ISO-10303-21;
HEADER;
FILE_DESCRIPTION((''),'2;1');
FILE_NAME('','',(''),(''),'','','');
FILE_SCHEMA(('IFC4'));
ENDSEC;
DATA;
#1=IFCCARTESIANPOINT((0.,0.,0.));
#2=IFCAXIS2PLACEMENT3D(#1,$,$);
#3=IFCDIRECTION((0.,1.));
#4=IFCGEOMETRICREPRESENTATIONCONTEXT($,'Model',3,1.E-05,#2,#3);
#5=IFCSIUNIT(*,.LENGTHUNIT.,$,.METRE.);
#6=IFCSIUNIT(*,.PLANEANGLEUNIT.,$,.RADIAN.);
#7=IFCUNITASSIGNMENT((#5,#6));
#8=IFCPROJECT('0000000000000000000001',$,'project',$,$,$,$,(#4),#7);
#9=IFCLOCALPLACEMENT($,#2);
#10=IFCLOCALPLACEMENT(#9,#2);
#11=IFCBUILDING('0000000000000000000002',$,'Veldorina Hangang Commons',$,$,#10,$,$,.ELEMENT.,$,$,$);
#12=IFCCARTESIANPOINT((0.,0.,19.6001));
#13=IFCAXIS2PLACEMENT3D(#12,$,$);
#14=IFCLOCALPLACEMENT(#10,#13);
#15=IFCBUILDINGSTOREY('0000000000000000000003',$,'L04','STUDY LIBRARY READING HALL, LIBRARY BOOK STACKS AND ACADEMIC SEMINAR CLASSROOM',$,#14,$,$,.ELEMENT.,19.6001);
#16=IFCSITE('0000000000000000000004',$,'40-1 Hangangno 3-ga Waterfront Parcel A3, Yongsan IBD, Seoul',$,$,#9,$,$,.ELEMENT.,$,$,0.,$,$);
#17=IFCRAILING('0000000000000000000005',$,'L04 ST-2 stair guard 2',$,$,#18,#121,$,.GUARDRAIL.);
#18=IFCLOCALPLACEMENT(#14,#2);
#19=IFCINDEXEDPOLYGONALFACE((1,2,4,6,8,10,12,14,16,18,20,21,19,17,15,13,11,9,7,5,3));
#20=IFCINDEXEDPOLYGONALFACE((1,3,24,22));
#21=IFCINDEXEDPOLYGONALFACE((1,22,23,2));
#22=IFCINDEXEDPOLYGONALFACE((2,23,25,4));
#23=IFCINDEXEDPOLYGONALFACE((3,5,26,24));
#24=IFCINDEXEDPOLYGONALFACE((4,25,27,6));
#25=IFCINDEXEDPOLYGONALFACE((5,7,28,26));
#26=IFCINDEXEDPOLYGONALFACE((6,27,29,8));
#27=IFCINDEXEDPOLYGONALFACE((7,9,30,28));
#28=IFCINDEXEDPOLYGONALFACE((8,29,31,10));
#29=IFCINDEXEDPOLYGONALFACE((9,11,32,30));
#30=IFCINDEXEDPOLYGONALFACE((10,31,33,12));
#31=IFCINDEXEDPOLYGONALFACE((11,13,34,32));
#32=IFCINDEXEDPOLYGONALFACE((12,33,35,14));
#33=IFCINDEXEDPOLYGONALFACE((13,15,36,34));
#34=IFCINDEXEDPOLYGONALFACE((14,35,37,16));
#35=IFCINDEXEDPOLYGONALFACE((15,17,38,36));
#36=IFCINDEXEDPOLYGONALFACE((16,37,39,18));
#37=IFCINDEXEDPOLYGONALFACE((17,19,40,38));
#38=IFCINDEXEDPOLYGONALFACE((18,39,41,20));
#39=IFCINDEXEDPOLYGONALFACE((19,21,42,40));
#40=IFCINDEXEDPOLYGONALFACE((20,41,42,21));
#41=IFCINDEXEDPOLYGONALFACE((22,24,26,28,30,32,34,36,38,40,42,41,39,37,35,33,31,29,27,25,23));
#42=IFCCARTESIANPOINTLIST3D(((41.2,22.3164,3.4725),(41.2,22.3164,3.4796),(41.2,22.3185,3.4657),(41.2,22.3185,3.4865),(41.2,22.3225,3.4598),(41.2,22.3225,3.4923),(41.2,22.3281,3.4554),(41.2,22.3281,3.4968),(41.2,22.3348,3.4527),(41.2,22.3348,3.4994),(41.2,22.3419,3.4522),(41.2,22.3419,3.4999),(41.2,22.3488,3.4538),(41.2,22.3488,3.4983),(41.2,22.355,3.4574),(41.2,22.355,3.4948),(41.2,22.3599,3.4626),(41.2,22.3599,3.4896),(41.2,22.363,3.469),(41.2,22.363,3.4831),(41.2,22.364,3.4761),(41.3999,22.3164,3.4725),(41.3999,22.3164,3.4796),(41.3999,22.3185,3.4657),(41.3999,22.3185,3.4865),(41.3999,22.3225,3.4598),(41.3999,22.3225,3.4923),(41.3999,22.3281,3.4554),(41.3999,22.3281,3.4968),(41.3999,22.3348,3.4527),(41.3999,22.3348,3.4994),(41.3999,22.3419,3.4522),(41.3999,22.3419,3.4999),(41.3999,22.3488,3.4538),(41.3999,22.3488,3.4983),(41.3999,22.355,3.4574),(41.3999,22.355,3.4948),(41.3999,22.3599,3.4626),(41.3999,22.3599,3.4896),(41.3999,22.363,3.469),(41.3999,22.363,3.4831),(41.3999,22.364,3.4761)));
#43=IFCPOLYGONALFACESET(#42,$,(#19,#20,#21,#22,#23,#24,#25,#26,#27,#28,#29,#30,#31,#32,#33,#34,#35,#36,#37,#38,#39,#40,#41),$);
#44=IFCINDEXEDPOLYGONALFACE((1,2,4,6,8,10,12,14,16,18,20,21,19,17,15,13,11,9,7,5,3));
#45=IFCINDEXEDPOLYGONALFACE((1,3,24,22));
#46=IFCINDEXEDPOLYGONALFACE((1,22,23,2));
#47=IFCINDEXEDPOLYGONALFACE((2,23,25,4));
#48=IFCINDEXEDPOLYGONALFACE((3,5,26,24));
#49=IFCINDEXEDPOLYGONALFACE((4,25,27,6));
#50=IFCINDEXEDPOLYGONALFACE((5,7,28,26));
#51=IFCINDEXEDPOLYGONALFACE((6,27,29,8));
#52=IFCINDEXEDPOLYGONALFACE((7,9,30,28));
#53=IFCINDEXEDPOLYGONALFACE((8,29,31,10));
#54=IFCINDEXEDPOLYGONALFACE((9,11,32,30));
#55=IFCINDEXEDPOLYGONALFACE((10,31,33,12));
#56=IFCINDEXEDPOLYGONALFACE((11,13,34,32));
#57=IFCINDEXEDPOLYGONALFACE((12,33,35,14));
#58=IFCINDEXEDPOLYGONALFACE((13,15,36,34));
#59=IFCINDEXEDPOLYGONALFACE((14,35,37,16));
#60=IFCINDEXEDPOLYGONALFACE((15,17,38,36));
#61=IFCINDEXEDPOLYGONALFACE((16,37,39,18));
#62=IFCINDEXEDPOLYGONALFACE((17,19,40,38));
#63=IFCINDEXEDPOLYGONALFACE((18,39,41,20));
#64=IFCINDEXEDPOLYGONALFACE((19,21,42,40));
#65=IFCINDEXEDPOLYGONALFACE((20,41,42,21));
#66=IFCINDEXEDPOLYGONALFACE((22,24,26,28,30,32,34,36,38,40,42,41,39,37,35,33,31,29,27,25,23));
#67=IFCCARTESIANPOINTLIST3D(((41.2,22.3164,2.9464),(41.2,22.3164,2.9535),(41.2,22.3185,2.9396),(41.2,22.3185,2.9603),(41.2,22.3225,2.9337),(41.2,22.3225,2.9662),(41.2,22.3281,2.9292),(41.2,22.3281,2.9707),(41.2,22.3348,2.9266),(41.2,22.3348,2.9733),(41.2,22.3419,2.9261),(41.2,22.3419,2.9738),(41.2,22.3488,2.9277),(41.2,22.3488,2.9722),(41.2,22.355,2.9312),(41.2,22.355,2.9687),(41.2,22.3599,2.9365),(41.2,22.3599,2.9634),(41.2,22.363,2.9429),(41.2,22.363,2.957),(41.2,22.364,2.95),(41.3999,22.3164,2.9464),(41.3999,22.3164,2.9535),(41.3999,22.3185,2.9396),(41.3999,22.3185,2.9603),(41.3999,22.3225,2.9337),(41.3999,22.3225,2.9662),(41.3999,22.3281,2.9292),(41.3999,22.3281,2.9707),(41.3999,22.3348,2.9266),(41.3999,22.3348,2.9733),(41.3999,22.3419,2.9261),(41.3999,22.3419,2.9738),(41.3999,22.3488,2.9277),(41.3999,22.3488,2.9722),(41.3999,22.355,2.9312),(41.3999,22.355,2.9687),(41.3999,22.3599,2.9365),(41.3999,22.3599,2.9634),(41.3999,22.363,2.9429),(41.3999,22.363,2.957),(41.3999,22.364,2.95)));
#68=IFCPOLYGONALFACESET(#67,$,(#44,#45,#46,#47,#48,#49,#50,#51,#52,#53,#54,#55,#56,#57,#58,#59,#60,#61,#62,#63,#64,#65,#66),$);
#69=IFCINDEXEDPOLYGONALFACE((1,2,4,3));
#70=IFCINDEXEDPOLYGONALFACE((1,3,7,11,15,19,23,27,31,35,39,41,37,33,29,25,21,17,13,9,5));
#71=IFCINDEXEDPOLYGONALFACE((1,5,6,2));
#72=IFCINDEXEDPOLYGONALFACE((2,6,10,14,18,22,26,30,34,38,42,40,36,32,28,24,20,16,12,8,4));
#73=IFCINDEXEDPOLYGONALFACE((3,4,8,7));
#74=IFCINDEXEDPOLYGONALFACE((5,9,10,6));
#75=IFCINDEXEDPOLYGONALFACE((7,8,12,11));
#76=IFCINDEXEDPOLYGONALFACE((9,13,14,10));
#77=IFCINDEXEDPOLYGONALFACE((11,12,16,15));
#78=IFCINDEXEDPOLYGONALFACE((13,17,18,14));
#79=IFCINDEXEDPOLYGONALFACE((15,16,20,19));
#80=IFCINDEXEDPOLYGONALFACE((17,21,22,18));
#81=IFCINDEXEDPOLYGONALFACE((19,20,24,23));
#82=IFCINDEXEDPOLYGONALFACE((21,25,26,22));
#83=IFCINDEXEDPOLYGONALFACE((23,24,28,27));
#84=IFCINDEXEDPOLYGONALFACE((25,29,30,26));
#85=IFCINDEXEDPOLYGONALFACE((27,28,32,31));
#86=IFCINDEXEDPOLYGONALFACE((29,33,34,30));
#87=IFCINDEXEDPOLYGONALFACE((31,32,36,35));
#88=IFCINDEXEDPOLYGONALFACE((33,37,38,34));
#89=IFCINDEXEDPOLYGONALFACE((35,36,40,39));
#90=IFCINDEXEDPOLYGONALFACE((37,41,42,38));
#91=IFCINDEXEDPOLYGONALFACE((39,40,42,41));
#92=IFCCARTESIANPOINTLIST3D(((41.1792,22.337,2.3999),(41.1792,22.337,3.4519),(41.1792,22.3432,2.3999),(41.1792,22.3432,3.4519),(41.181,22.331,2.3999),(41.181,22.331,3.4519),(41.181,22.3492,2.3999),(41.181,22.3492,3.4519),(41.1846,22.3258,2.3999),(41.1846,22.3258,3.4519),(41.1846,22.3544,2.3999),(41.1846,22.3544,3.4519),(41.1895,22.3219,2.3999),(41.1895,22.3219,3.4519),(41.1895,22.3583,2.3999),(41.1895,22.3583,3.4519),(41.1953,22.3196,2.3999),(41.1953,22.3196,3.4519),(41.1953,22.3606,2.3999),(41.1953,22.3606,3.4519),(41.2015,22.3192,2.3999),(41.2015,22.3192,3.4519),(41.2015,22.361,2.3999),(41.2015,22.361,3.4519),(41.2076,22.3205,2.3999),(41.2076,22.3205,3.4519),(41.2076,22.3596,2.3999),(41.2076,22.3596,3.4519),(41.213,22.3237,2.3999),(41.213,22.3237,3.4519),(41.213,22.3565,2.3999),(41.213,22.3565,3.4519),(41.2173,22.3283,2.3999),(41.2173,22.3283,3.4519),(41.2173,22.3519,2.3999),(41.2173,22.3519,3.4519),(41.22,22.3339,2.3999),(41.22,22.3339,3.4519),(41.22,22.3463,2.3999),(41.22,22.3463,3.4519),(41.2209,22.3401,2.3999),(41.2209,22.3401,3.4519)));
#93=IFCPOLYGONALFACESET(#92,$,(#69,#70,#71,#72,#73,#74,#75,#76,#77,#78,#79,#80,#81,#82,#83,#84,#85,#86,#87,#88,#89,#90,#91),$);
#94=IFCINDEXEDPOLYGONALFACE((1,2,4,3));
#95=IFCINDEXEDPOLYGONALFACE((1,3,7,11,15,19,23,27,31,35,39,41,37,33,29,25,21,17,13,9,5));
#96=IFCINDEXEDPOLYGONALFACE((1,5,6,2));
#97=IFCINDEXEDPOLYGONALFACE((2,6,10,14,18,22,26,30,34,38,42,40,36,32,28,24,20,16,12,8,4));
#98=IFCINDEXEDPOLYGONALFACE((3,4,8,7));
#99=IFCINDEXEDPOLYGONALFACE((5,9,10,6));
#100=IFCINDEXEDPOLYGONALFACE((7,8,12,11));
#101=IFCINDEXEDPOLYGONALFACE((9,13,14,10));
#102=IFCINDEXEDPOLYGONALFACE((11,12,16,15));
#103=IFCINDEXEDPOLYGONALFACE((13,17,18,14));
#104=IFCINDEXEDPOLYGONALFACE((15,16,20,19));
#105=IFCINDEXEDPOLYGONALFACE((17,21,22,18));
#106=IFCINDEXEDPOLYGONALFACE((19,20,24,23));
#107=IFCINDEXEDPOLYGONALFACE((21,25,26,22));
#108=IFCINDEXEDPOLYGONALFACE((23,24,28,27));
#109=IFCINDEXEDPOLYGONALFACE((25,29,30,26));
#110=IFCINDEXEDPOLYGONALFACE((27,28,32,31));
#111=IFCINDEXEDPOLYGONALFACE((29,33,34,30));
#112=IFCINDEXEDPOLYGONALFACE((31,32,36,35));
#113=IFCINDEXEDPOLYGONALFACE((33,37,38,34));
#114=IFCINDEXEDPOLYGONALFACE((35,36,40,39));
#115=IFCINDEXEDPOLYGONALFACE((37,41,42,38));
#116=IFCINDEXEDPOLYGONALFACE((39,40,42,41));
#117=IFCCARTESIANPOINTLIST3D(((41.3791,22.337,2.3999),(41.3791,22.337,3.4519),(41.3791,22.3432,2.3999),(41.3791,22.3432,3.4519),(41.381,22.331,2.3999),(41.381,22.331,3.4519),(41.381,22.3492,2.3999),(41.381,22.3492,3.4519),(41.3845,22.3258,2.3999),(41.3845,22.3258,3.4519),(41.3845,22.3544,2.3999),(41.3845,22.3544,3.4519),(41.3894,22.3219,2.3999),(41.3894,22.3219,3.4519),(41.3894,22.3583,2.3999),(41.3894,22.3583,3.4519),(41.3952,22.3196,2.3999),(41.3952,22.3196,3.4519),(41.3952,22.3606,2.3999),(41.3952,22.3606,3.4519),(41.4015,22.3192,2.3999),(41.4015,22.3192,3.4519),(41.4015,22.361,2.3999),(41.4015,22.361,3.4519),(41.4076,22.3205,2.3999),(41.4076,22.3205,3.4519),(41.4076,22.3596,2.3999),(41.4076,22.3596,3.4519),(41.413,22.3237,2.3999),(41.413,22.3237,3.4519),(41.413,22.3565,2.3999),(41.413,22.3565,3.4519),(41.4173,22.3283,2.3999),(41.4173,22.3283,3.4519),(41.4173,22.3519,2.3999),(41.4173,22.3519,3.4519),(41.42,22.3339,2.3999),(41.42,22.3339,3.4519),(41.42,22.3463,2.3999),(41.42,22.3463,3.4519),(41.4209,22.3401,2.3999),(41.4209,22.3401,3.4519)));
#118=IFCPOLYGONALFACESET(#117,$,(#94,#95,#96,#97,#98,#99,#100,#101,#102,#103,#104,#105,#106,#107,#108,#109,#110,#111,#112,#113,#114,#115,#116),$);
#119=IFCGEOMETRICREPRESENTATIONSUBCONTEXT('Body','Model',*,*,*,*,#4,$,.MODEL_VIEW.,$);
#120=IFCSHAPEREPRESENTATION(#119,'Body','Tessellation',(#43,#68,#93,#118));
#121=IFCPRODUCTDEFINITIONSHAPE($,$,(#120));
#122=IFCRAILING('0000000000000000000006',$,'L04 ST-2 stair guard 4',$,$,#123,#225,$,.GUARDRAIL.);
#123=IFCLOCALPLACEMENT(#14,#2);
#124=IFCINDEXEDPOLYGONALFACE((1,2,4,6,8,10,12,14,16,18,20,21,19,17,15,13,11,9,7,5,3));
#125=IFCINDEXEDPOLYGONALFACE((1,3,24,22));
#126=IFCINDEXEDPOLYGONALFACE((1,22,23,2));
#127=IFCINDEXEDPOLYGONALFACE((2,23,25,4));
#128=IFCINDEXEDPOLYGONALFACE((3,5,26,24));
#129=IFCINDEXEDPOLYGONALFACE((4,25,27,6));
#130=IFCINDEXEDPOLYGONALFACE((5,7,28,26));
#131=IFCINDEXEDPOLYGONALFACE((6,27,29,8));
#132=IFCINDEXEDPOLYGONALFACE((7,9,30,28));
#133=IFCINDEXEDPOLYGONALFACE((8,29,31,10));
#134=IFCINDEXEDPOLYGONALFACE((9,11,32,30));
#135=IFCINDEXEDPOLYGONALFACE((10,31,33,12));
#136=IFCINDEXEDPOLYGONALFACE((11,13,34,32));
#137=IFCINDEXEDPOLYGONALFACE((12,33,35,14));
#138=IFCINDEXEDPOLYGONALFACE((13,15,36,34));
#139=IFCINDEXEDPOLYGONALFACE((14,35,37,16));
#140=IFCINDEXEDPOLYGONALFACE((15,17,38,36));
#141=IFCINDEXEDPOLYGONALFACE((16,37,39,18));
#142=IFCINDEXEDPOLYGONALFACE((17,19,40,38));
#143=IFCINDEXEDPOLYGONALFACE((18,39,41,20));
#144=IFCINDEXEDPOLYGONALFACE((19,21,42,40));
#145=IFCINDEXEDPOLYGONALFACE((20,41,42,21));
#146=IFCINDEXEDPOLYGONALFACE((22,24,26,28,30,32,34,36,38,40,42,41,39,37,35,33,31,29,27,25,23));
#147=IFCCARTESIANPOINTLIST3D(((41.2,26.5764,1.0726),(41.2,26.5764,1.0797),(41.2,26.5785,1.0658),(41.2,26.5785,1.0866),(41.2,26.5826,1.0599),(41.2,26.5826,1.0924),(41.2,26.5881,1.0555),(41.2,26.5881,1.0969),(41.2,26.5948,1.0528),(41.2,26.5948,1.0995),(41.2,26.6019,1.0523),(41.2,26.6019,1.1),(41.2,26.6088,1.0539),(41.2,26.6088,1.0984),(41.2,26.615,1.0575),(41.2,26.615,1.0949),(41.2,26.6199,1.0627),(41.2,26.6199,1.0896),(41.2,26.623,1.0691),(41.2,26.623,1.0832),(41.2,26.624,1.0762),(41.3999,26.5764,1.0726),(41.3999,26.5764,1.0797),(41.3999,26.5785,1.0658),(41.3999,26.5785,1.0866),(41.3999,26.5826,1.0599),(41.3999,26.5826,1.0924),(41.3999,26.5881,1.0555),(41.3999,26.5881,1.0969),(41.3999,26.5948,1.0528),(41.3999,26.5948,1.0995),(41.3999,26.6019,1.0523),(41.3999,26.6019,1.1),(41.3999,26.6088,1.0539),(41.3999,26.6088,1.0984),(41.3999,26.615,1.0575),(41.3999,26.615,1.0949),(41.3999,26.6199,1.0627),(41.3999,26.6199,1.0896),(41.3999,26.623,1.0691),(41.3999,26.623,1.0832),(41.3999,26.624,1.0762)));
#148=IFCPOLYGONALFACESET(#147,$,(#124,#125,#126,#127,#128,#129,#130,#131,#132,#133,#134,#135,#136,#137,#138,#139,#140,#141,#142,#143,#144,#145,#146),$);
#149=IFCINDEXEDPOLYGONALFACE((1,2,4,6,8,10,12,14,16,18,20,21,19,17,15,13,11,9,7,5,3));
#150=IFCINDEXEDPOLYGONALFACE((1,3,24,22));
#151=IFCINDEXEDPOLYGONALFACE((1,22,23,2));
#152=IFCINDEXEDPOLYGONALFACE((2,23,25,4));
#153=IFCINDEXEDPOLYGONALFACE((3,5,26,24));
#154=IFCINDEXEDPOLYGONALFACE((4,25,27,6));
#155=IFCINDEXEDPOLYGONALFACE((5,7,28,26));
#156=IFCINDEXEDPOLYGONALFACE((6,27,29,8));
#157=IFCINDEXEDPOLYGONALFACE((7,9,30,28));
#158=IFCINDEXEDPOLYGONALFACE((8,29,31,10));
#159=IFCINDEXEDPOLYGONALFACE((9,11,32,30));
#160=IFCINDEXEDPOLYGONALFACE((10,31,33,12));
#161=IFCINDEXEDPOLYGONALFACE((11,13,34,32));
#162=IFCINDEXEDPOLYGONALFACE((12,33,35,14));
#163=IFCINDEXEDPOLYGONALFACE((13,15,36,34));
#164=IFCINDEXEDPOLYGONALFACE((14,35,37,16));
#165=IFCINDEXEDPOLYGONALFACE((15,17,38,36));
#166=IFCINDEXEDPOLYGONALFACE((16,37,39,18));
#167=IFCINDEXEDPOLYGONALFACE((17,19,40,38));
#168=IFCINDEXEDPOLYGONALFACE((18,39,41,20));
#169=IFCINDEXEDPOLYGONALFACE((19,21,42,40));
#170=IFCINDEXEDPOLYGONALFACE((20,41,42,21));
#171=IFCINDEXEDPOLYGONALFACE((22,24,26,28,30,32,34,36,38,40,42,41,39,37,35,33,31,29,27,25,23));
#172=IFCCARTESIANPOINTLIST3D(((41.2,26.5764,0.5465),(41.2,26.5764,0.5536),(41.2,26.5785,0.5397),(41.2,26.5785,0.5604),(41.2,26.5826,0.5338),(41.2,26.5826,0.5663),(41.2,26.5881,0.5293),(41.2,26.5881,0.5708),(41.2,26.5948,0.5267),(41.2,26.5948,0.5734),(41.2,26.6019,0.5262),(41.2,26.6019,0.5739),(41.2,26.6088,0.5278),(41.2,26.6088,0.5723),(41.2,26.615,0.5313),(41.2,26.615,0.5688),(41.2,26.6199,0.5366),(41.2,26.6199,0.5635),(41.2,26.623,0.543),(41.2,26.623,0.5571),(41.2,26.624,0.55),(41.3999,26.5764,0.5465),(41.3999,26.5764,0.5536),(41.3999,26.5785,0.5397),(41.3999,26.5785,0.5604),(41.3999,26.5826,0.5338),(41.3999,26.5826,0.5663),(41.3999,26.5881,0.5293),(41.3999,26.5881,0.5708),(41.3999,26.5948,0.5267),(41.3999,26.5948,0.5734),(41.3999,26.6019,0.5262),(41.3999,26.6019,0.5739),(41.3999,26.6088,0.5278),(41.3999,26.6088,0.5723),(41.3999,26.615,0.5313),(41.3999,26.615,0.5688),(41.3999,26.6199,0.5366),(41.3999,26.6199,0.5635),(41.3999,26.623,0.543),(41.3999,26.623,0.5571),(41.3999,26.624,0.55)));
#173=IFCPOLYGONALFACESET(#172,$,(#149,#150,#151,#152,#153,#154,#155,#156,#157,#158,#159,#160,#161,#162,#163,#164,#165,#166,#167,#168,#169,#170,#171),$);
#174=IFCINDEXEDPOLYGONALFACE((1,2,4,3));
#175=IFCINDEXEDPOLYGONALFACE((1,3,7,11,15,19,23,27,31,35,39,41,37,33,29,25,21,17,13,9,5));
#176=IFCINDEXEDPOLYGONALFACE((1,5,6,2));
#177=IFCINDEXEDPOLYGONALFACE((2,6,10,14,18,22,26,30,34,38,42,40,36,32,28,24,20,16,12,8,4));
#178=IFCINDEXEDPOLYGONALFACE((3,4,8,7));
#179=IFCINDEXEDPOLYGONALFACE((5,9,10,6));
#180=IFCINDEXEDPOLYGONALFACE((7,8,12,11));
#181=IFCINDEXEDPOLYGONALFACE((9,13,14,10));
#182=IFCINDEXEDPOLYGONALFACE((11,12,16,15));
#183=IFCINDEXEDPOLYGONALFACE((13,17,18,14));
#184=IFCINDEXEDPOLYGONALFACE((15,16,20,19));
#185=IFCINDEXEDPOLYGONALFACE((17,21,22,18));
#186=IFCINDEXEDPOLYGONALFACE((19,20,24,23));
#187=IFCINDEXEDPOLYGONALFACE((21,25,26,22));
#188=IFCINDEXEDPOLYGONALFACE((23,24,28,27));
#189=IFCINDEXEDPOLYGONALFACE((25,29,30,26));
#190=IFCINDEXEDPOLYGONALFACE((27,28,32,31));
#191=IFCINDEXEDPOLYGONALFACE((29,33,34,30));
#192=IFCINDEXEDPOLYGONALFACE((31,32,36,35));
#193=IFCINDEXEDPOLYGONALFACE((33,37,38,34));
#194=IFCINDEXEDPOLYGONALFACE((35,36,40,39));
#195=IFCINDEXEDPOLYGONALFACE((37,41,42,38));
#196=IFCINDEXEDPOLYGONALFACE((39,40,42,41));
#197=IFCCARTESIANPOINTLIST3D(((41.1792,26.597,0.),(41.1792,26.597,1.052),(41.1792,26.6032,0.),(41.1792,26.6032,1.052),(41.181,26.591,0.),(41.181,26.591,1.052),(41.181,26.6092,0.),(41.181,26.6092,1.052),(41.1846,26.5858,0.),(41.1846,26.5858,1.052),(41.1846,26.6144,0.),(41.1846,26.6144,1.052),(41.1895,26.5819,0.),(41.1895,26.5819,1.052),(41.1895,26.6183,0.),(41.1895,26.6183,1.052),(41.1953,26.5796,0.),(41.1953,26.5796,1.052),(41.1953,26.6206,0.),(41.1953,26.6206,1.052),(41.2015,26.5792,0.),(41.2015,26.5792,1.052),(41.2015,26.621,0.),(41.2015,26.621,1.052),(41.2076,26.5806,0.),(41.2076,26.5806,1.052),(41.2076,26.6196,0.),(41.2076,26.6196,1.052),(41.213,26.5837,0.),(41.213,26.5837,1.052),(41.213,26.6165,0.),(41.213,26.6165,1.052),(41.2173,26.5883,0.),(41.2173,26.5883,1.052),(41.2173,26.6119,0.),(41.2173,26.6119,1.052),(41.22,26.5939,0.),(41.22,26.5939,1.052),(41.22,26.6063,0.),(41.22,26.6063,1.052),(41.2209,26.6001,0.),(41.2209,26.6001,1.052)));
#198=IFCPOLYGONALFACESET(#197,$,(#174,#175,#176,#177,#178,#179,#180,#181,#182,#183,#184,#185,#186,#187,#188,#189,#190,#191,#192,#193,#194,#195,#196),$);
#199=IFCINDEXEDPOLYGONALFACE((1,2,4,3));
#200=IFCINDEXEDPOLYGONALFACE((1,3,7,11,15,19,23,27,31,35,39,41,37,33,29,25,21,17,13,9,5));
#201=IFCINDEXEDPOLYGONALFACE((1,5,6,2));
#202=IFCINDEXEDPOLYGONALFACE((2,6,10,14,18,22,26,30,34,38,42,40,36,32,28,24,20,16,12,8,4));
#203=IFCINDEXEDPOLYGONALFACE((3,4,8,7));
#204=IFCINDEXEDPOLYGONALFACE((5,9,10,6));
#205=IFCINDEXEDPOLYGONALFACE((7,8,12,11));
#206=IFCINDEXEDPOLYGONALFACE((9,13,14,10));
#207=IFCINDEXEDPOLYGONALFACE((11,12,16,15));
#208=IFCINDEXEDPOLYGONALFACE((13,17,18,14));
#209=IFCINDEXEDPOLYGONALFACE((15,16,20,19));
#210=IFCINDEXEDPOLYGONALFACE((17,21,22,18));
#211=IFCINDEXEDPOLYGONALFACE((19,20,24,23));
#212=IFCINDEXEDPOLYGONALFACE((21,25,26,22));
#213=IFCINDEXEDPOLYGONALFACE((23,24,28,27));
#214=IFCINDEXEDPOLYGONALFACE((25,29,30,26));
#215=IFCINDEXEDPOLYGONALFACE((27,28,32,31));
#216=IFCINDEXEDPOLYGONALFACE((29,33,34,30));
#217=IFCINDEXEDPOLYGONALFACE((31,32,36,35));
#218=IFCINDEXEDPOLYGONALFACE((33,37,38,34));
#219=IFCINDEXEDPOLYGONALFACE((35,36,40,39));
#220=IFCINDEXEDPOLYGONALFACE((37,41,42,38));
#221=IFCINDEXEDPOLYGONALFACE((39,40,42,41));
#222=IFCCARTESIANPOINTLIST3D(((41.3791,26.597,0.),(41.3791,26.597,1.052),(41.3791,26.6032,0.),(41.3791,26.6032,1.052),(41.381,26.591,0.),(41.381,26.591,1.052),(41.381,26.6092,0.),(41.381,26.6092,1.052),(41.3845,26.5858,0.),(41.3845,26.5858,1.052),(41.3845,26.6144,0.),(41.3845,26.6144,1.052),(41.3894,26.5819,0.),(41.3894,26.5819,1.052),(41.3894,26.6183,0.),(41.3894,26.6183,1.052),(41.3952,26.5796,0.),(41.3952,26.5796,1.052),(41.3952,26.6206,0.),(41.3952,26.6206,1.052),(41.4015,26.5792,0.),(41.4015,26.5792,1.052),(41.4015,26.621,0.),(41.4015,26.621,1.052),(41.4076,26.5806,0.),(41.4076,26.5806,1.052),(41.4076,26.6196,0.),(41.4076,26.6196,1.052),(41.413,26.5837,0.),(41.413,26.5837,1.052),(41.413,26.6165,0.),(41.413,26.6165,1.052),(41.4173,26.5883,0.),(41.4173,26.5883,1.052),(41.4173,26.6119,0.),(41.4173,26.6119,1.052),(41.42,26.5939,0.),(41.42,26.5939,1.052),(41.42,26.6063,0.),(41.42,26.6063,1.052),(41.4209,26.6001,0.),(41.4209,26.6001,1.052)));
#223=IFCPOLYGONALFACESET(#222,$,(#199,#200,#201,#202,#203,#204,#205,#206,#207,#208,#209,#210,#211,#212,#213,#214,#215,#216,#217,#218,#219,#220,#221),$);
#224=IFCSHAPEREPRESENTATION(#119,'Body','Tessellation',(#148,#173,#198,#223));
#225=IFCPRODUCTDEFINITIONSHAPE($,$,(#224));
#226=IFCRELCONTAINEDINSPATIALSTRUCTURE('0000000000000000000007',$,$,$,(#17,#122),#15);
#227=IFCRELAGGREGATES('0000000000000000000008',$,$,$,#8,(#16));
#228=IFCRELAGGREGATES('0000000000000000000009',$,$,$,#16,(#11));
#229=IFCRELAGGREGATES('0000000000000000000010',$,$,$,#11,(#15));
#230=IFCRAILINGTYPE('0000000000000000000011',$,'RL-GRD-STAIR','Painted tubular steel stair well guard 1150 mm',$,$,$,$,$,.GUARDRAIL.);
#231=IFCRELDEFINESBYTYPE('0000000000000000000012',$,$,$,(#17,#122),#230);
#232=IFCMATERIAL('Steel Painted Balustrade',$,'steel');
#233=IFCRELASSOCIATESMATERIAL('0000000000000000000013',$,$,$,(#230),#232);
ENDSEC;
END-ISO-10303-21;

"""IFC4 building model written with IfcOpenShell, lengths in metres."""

from ifc_helpers import new_model, si_unit, direction, frame, origin, origin_2d, place, context, subcontext, project, spatial, circle, extrude, material, type_object, element, save


model = new_model("IFC4")

# Units and contexts
model_context = context("Model", 3, precision=1e-05, world=origin(), true_north=direction((0.0, 1.0)))
body_context = subcontext(model_context, "Body", "Model", "MODEL_VIEW")
ifc_project = project(units=[si_unit("LENGTHUNIT", "METRE"), si_unit("PLANEANGLEUNIT", "RADIAN")], contexts=[model_context])

# Site, building, storey
site_placement = place(None, origin())
site = spatial("IfcSite", under=ifc_project, at=site_placement, Name="40-1 Hangangno 3-ga Waterfront Parcel A3, Yongsan IBD, Seoul", CompositionType="ELEMENT", RefElevation=0.0)
building_placement = place(site_placement, origin())
building = spatial("IfcBuilding", under=site, at=building_placement, Name="Veldorina Hangang Commons", CompositionType="ELEMENT")
storey_placement = place(building_placement, frame((0.0, 0.0, 19.6001)))
storey = spatial("IfcBuildingStorey", under=building, at=storey_placement, Name="L04", Description="STUDY LIBRARY READING HALL, LIBRARY BOOK STACKS AND ACADEMIC SEMINAR CLASSROOM", CompositionType="ELEMENT", Elevation=19.6001)

# Railings
ifc_material_1 = material(Name="Steel Painted Balustrade", Category="steel")
railing_type_1 = type_object("IfcRailingType", Name="RL-GRD-STAIR", Description="Painted tubular steel stair well guard 1150 mm", PredefinedType="GUARDRAIL", material=ifc_material_1)
for number, where, name in (
    (1, (41.2, 22.3401, 2.3999), "L04 ST-2 stair guard 2"),
    (2, (41.2, 26.6001, 0.0), "L04 ST-2 stair guard 4"),
):
    element("IfcRailing", number, at=place(storey_placement, frame(where)), inside=storey, type_object=railing_type_1, Name=name, PredefinedType="GUARDRAIL", context=body_context, shape_type="SweptSolid", body=[
        extrude(circle(Radius=0.0239, at=origin_2d()), frame((0.0, 0.0, 1.0762), z_axis=(1.0, 0.0, 0.0), x_axis=(0.0, 1.0, 0.0)), (0.0, 0.0, 1.0), 0.2),
        extrude(circle(Radius=0.0239, at=origin_2d()), frame((0.0, 0.0, 0.55), z_axis=(1.0, 0.0, 0.0), x_axis=(0.0, 1.0, 0.0)), (0.0, 0.0, 1.0), 0.2),
        extrude(circle(Radius=0.021, at=origin_2d()), origin(), (0.0, 0.0, 1.0), 1.052),
        extrude(circle(Radius=0.021, at=origin_2d()), frame((0.2, 0.0, 0.0)), (0.0, 0.0, 1.0), 1.052),
    ])

save(model, "model.ifc")
